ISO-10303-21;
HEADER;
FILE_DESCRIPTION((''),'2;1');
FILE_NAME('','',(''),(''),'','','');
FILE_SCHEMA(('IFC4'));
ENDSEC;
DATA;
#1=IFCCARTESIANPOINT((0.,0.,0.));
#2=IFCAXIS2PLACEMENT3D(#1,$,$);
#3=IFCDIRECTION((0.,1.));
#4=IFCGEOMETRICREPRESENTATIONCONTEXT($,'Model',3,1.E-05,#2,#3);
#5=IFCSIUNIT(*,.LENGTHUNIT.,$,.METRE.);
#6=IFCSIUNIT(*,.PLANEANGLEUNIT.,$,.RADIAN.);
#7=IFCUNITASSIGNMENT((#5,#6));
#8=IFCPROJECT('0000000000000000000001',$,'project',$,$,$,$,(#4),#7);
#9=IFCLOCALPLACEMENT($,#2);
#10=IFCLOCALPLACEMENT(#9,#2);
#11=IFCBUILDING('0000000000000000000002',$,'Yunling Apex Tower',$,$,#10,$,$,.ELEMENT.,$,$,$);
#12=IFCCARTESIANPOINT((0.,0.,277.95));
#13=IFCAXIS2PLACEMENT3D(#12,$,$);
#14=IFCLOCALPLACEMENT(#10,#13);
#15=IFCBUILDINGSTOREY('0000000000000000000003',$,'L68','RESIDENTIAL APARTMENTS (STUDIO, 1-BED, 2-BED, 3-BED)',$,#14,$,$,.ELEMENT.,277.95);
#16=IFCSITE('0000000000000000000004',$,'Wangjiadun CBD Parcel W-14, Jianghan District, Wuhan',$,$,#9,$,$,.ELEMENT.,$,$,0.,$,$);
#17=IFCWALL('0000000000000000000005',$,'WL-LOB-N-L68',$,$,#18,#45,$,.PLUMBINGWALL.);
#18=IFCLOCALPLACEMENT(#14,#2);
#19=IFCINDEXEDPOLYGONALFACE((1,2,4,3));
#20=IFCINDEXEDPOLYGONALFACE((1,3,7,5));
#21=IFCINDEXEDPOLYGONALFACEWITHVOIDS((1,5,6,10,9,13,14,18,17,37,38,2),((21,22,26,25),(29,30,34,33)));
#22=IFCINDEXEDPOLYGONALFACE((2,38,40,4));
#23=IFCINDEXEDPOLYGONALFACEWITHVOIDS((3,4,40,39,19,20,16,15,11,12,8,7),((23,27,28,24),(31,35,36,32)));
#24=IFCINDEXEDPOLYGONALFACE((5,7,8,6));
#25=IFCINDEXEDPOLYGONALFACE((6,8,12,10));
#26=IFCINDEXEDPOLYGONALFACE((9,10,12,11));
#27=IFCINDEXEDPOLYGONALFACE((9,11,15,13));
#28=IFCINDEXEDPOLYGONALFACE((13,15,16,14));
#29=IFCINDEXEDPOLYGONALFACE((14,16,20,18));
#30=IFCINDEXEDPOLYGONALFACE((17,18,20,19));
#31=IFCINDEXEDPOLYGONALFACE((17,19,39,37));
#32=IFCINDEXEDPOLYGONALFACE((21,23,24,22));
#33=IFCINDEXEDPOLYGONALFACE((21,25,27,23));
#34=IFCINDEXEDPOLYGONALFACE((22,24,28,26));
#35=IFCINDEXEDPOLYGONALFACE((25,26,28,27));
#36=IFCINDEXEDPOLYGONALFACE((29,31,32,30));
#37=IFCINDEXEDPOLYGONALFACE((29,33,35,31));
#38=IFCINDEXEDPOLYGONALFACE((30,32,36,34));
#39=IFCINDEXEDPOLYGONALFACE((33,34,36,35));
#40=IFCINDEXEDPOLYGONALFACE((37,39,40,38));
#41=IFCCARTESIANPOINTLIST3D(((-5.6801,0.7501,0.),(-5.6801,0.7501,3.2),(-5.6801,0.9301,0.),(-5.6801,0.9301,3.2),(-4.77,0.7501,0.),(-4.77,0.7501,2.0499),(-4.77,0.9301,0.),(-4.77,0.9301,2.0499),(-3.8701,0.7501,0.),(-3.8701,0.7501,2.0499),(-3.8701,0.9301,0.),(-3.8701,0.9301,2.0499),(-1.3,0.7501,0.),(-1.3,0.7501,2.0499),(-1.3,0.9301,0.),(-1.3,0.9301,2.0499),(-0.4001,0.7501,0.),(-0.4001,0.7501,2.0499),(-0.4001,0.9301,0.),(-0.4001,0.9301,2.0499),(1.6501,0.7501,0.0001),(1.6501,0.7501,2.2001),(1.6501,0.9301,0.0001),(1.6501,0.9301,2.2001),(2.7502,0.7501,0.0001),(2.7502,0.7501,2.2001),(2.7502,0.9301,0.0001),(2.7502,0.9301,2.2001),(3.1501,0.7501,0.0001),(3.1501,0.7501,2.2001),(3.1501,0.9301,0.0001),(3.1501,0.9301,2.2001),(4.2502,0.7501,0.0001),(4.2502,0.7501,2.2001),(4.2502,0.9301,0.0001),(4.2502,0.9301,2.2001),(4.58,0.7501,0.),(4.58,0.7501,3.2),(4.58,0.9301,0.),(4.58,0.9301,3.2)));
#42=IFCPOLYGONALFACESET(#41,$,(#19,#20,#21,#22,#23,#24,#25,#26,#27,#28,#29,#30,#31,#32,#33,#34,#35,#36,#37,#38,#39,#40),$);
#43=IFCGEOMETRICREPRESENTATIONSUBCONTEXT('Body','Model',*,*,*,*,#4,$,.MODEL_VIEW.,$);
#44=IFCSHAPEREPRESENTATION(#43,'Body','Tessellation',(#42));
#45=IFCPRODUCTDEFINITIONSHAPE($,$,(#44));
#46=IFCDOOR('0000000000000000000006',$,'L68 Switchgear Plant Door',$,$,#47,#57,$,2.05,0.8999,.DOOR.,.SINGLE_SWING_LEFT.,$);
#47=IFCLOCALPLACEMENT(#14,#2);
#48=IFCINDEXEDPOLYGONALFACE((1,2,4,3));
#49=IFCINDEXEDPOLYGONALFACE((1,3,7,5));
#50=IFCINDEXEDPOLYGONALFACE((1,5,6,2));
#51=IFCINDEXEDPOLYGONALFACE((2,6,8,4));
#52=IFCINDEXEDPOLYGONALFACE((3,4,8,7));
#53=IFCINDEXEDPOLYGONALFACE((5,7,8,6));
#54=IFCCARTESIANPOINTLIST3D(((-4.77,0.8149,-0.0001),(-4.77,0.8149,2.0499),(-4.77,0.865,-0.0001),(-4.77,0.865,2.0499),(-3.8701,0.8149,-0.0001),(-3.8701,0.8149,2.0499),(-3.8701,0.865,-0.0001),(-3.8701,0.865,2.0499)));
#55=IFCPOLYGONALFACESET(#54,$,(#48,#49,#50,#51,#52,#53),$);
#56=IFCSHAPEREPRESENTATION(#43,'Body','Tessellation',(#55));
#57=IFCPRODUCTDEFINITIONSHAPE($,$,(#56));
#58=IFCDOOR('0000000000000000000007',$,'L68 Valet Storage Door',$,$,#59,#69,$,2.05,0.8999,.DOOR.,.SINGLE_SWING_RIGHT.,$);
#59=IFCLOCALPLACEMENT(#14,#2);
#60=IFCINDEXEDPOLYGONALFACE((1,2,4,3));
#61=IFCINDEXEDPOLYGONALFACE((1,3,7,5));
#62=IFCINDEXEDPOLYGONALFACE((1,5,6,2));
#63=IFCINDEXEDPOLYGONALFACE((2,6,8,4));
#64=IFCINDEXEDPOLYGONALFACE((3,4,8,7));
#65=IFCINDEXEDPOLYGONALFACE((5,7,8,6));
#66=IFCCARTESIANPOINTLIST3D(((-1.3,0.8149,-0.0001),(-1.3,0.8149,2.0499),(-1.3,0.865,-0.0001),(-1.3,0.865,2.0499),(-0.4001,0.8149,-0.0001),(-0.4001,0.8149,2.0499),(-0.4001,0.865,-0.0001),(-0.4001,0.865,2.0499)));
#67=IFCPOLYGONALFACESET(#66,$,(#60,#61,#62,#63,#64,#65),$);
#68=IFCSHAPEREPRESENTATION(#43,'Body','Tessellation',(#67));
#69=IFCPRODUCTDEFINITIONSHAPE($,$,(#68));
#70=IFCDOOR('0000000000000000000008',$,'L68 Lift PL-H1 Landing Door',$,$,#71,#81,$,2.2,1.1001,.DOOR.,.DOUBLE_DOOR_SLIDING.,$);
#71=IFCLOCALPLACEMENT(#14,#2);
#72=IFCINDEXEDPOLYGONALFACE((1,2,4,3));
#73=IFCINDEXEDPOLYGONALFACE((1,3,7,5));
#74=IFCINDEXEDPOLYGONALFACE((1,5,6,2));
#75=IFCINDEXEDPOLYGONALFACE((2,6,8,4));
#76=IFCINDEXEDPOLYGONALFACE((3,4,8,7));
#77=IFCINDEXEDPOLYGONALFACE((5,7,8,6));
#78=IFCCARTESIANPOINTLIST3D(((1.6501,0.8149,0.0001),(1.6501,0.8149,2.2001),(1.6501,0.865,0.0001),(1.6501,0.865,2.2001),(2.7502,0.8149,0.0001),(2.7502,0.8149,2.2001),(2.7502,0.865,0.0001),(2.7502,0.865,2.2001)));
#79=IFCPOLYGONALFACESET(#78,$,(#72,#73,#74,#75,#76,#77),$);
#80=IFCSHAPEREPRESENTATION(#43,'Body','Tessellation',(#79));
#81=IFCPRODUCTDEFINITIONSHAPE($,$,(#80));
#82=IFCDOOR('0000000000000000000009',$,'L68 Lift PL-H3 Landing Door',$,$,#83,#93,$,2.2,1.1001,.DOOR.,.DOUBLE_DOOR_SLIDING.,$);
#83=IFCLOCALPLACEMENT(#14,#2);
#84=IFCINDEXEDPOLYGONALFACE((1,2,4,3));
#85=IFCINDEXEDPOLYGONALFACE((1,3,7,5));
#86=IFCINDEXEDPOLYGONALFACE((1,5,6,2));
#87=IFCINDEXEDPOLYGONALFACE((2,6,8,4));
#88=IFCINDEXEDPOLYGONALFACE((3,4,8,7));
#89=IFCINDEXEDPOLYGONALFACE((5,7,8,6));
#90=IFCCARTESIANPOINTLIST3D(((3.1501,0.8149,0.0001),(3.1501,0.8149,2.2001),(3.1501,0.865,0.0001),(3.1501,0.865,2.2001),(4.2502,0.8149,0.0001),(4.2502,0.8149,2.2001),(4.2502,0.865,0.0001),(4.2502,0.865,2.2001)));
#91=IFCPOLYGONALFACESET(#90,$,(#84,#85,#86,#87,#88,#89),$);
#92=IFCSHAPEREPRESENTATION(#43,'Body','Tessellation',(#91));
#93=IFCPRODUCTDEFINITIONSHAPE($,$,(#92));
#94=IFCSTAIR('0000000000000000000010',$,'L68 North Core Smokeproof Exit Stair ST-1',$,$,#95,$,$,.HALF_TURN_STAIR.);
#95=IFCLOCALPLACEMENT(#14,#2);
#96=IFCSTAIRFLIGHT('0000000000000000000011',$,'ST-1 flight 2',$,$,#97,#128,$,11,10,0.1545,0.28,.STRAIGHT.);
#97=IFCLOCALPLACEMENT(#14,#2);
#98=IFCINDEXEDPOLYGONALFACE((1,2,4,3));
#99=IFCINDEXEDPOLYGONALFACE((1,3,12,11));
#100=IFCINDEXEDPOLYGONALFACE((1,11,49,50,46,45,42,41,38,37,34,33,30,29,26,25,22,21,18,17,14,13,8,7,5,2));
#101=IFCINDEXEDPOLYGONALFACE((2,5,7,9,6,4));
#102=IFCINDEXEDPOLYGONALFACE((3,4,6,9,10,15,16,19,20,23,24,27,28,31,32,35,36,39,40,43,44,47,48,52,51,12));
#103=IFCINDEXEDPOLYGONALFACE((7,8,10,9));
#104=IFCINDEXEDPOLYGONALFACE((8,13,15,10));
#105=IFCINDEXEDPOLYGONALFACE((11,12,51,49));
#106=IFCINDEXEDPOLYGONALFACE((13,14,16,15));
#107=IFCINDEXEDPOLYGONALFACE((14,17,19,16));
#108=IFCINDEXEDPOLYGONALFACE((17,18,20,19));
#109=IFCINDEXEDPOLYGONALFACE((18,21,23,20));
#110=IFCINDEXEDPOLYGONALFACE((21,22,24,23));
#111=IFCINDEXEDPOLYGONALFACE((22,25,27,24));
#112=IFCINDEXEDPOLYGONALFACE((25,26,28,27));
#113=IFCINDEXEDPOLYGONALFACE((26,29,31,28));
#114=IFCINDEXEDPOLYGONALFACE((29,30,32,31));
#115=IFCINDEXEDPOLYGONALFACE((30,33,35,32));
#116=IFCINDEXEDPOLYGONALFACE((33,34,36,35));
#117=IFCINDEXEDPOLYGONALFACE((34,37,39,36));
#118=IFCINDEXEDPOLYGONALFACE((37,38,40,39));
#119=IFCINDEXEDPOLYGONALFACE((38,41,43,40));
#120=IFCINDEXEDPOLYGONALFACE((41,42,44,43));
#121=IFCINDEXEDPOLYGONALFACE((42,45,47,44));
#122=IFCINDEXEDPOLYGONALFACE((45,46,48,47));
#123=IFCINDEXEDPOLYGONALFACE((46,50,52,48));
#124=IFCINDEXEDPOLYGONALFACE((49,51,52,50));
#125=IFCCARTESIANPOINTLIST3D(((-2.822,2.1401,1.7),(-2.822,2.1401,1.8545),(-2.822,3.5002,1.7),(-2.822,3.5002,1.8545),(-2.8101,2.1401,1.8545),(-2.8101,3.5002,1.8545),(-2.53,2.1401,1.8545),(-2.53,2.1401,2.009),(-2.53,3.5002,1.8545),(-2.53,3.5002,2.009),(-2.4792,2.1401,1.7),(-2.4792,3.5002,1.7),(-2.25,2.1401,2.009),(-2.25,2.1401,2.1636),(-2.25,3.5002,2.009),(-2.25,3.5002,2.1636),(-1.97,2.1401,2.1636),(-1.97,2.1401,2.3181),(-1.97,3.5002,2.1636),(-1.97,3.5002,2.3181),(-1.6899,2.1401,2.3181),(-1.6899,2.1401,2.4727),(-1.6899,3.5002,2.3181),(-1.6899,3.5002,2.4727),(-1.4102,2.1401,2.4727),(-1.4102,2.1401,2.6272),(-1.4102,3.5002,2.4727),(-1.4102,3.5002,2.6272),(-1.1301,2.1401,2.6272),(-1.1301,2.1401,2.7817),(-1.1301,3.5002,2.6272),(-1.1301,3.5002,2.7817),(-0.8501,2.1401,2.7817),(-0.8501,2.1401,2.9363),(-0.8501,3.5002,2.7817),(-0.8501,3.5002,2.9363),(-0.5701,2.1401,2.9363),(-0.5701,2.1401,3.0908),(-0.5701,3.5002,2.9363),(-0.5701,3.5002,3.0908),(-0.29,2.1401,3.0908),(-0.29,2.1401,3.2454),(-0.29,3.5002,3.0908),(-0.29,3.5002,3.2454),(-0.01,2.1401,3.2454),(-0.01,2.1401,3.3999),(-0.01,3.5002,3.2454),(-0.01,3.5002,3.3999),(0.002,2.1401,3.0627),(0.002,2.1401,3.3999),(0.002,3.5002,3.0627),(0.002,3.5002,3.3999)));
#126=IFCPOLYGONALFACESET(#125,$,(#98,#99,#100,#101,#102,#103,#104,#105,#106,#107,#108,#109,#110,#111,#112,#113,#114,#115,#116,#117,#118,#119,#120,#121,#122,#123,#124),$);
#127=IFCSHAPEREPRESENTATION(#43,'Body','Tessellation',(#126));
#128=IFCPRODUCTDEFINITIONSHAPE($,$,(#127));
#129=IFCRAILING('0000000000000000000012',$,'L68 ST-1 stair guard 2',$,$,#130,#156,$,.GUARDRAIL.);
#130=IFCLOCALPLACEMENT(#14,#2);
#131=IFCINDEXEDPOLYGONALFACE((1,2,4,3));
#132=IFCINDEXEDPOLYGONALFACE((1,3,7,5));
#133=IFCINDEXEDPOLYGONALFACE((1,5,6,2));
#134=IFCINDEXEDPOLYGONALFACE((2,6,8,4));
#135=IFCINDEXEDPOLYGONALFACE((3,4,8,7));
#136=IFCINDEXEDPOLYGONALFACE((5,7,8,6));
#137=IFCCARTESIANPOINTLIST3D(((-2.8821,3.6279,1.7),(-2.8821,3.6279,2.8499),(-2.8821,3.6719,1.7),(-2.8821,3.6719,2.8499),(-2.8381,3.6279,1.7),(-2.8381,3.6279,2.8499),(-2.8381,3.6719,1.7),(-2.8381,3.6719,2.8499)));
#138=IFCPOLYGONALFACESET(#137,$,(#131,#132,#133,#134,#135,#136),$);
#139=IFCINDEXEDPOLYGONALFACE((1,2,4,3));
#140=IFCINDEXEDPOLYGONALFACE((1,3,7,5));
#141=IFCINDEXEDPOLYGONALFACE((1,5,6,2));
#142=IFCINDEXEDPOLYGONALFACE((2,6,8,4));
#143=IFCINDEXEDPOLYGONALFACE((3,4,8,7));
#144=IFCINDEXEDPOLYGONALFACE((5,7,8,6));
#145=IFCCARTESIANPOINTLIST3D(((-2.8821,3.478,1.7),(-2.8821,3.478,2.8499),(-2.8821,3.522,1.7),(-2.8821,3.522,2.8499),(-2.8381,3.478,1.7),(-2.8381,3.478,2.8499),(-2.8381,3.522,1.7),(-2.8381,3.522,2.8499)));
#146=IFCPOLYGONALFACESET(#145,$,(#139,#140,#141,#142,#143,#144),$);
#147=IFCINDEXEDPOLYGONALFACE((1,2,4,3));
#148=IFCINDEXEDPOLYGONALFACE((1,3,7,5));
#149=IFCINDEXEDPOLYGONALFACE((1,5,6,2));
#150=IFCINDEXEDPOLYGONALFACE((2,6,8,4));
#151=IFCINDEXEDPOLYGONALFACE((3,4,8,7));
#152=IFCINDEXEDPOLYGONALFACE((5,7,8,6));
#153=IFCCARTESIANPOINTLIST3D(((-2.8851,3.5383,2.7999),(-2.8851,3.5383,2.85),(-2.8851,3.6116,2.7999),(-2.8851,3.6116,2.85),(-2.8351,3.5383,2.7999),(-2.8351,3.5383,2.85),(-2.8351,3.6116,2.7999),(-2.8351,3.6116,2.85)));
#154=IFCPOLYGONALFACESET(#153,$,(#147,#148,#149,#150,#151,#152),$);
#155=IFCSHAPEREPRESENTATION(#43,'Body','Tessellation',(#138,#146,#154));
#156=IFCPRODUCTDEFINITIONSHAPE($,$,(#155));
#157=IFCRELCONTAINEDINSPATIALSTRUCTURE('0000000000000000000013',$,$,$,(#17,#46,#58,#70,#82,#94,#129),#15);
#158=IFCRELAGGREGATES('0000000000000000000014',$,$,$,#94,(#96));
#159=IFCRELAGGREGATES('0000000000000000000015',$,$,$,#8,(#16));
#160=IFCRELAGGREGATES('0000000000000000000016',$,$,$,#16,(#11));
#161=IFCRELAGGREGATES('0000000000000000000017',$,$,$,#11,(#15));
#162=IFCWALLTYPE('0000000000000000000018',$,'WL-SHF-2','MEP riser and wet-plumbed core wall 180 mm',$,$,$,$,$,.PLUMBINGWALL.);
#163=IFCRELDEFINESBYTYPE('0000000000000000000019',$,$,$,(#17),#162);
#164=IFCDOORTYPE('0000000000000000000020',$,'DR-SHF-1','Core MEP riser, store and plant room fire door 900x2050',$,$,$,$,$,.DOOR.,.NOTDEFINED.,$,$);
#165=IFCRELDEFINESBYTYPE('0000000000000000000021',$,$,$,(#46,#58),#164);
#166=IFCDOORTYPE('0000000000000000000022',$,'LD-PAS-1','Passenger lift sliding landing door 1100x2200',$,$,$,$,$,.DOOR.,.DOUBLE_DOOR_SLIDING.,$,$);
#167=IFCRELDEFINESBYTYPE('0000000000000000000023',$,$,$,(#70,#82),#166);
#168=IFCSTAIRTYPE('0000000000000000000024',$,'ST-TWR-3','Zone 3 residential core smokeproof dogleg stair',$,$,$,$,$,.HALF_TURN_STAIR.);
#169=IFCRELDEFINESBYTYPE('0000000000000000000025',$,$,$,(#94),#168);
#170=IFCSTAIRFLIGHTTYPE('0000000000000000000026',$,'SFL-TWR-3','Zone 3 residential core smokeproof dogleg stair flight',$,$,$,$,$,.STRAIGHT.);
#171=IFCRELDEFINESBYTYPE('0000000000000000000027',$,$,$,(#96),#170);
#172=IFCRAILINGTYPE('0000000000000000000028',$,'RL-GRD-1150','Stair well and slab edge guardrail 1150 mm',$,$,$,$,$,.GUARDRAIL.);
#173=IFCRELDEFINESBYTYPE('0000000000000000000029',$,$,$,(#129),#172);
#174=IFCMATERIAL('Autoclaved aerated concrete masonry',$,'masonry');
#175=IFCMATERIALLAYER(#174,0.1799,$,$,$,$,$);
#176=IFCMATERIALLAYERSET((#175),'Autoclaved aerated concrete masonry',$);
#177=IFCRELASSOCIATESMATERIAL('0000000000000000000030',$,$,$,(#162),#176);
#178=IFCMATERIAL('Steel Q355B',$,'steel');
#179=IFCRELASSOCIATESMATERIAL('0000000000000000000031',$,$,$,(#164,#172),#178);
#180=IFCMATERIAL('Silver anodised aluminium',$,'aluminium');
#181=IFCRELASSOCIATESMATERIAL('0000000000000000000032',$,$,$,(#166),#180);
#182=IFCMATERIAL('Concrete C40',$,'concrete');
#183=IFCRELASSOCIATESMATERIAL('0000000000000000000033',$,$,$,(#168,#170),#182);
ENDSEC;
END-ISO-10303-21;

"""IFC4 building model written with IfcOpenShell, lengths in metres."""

from ifc_helpers import new_model, si_unit, direction, frame, frame_2d, origin, origin_2d, place, context, subcontext, project, spatial, polyline, rectangle, outline, extrude, material, layer, layer_set, type_object, element, fill, aggregate, save


model = new_model("IFC4")

# Units and contexts
model_context = context("Model", 3, precision=1e-05, world=origin(), true_north=direction((0.0, 1.0)))
body_context = subcontext(model_context, "Body", "Model", "MODEL_VIEW")
ifc_project = project(units=[si_unit("LENGTHUNIT", "METRE"), si_unit("PLANEANGLEUNIT", "RADIAN")], contexts=[model_context])

# Site, building, storey
site_placement = place(None, origin())
site = spatial("IfcSite", under=ifc_project, at=site_placement, Name="Wangjiadun CBD Parcel W-14, Jianghan District, Wuhan", CompositionType="ELEMENT", RefElevation=0.0)
building_placement = place(site_placement, origin())
building = spatial("IfcBuilding", under=site, at=building_placement, Name="Yunling Apex Tower", CompositionType="ELEMENT")
storey_placement = place(building_placement, frame((0.0, 0.0, 277.95)))
storey = spatial("IfcBuildingStorey", under=building, at=storey_placement, Name="L68", Description="RESIDENTIAL APARTMENTS (STUDIO, 1-BED, 2-BED, 3-BED)", CompositionType="ELEMENT", Elevation=277.95)

# Shared definitions
ifc_material_1 = material(Name="Steel Q355B", Category="steel")

# Shared definitions
ifc_material_2 = material(Name="Concrete C40", Category="concrete")

# Wall, openings, doors
ifc_material_3 = material(Name="Autoclaved aerated concrete masonry", Category="masonry")
ifc_layer_1 = layer(ifc_material_3, 0.1799)
ifc_layer_set_1 = layer_set([ifc_layer_1], Name="Autoclaved aerated concrete masonry")
wall_type_1 = type_object("IfcWallType", Name="WL-SHF-2", Description="MEP riser and wet-plumbed core wall 180 mm", PredefinedType="PLUMBINGWALL", material=ifc_layer_set_1)
wall_1_placement = place(storey_placement, frame((-5.6799, 0.8401, 0.0), z_axis=(0.0, 0.0, 1.0), x_axis=(1.0, 0.0, 0.0)))
wall_1 = element("IfcWall", 1, at=wall_1_placement, inside=storey, type_object=wall_type_1, Name="WL-LOB-N-L68", PredefinedType="PLUMBINGWALL", context=body_context, shape_type="SweptSolid", body=[
    extrude(rectangle(XDim=10.26, YDim=0.1799, at=frame_2d((5.1299, 0.0))), origin(), (0.0, 0.0, 1.0), 3.2),
])
opening_1_placement = place(wall_1_placement, frame((0.9099, 0.0, 0.0)))
opening_1 = element("IfcOpeningElement", 2, at=opening_1_placement, cuts=wall_1, PredefinedType="OPENING", context=body_context, shape_type="SweptSolid", body=[
    extrude(rectangle(XDim=0.8999, YDim=2.05, at=frame_2d((0.45, 1.0249))), frame((0.0, 0.1001, 0.0), z_axis=(0.0, -1.0, 0.0), x_axis=(1.0, 0.0, 0.0)), (0.0, 0.0, 1.0), 0.2),
])
opening_2_placement = place(wall_1_placement, frame((4.3799, 0.0, 0.0)))
opening_2 = element("IfcOpeningElement", 3, at=opening_2_placement, cuts=wall_1, PredefinedType="OPENING", context=body_context, shape_type="SweptSolid", body=[
    extrude(rectangle(XDim=0.8999, YDim=2.05, at=frame_2d((0.45, 1.0249))), frame((0.0, 0.1001, 0.0), z_axis=(0.0, -1.0, 0.0), x_axis=(1.0, 0.0, 0.0)), (0.0, 0.0, 1.0), 0.2),
])
opening_3_placement = place(wall_1_placement, frame((7.3301, 0.0, 0.0)))
opening_3 = element("IfcOpeningElement", 4, at=opening_3_placement, cuts=wall_1, PredefinedType="OPENING", context=body_context, shape_type="SweptSolid", body=[
    extrude(rectangle(XDim=1.1001, YDim=2.2, at=frame_2d((0.55, 1.1001))), frame((0.0, 0.1001, 0.0), z_axis=(0.0, -1.0, 0.0), x_axis=(1.0, 0.0, 0.0)), (0.0, 0.0, 1.0), 0.2),
])
opening_4_placement = place(wall_1_placement, frame((8.8301, 0.0, 0.0)))
opening_4 = element("IfcOpeningElement", 5, at=opening_4_placement, cuts=wall_1, PredefinedType="OPENING", context=body_context, shape_type="SweptSolid", body=[
    extrude(rectangle(XDim=1.1001, YDim=2.2, at=frame_2d((0.55, 1.1001))), frame((0.0, 0.1001, 0.0), z_axis=(0.0, -1.0, 0.0), x_axis=(1.0, 0.0, 0.0)), (0.0, 0.0, 1.0), 0.2),
])
door_type_1 = type_object("IfcDoorType", Name="DR-SHF-1", Description="Core MEP riser, store and plant room fire door 900x2050", OperationType="NOTDEFINED", PredefinedType="DOOR", material=ifc_material_1)
door_1_placement = place(opening_1_placement, origin())
door_1 = element("IfcDoor", 6, at=door_1_placement, inside=storey, type_object=door_type_1, Name="L68 Switchgear Plant Door", OperationType="SINGLE_SWING_LEFT", OverallHeight=2.05, OverallWidth=0.8999, PredefinedType="DOOR", context=body_context, shape_type="SweptSolid", body=[
    extrude(rectangle(XDim=0.8999, YDim=2.05, at=frame_2d((0.45, 1.0249))), frame((0.0, 0.0249, 0.0), z_axis=(0.0, -1.0, 0.0), x_axis=(1.0, 0.0, 0.0)), (0.0, 0.0, 1.0), 0.05),
])
fill(opening_1, door_1)
door_2_placement = place(opening_2_placement, origin())
door_2 = element("IfcDoor", 7, at=door_2_placement, inside=storey, type_object=door_type_1, Name="L68 Valet Storage Door", OperationType="SINGLE_SWING_RIGHT", OverallHeight=2.05, OverallWidth=0.8999, PredefinedType="DOOR", context=body_context, shape_type="SweptSolid", body=[
    extrude(rectangle(XDim=0.8999, YDim=2.05, at=frame_2d((0.45, 1.0249))), frame((0.0, 0.0249, 0.0), z_axis=(0.0, -1.0, 0.0), x_axis=(1.0, 0.0, 0.0)), (0.0, 0.0, 1.0), 0.05),
])
fill(opening_2, door_2)
ifc_material_4 = material(Name="Silver anodised aluminium", Category="aluminium")
door_type_2 = type_object("IfcDoorType", Name="LD-PAS-1", Description="Passenger lift sliding landing door 1100x2200", OperationType="DOUBLE_DOOR_SLIDING", PredefinedType="DOOR", material=ifc_material_4)
door_3_placement = place(opening_3_placement, origin())
door_3 = element("IfcDoor", 8, at=door_3_placement, inside=storey, type_object=door_type_2, Name="L68 Lift PL-H1 Landing Door", OperationType="DOUBLE_DOOR_SLIDING", OverallHeight=2.2, OverallWidth=1.1001, PredefinedType="DOOR", context=body_context, shape_type="SweptSolid", body=[
    extrude(rectangle(XDim=1.1001, YDim=2.2, at=frame_2d((0.55, 1.1001))), frame((0.0, 0.0249, 0.0), z_axis=(0.0, -1.0, 0.0), x_axis=(1.0, 0.0, 0.0)), (0.0, 0.0, 1.0), 0.05),
])
fill(opening_3, door_3)
door_4_placement = place(opening_4_placement, origin())
door_4 = element("IfcDoor", 9, at=door_4_placement, inside=storey, type_object=door_type_2, Name="L68 Lift PL-H3 Landing Door", OperationType="DOUBLE_DOOR_SLIDING", OverallHeight=2.2, OverallWidth=1.1001, PredefinedType="DOOR", context=body_context, shape_type="SweptSolid", body=[
    extrude(rectangle(XDim=1.1001, YDim=2.2, at=frame_2d((0.55, 1.1001))), frame((0.0, 0.0249, 0.0), z_axis=(0.0, -1.0, 0.0), x_axis=(1.0, 0.0, 0.0)), (0.0, 0.0, 1.0), 0.05),
])
fill(opening_4, door_4)

# Stair, stair flight
stair_type = type_object("IfcStairType", Name="ST-TWR-3", Description="Zone 3 residential core smokeproof dogleg stair", PredefinedType="HALF_TURN_STAIR", material=ifc_material_2)
stair_placement = place(storey_placement, origin())
stair = element("IfcStair", 10, at=stair_placement, inside=storey, type_object=stair_type, Name="L68 North Core Smokeproof Exit Stair ST-1", PredefinedType="HALF_TURN_STAIR")
stair_flight_type = type_object("IfcStairFlightType", Name="SFL-TWR-3", Description="Zone 3 residential core smokeproof dogleg stair flight", PredefinedType="STRAIGHT", material=ifc_material_2)
stair_flight_placement = place(storey_placement, frame((-2.8101, 2.8201, 1.7), z_axis=(0.0, 0.0, 1.0), x_axis=(1.0, 0.0, 0.0)))
stair_flight = element("IfcStairFlight", 11, at=stair_flight_placement, type_object=stair_flight_type, Name="ST-1 flight 2", NumberOfRisers=11, NumberOfTreads=10, PredefinedType="STRAIGHT", RiserHeight=0.1545, TreadLength=0.28, context=body_context, shape_type="SweptSolid", body=[
    extrude(outline(polyline([(-0.012, 0.0), (-0.012, 0.1545), (0.0, 0.1545), (0.28, 0.1545), (0.28, 0.3091), (0.5601, 0.3091), (0.5601, 0.4636), (0.8401, 0.4636), (0.8401, 0.6182), (1.1201, 0.6182), (1.1201, 0.7727), (1.3999, 0.7727), (1.3999, 0.9272), (1.6799, 0.9272), (1.6799, 1.0818), (1.96, 1.0818), (1.96, 1.2363), (2.24, 1.2363), (2.24, 1.3909), (2.52, 1.3909), (2.52, 1.5454), (2.8, 1.5454), (2.8, 1.7), (2.812, 1.7), (2.812, 1.3628), (0.3308, 0.0), (-0.012, 0.0)])), frame((0.0, 0.6802, 0.0), z_axis=(0.0, -1.0, 0.0), x_axis=(1.0, 0.0, 0.0)), (0.0, 0.0, 1.0), 1.3601),
])
aggregate(stair, [stair_flight])

# Railing
railing_type = type_object("IfcRailingType", Name="RL-GRD-1150", Description="Stair well and slab edge guardrail 1150 mm", PredefinedType="GUARDRAIL", material=ifc_material_1)
railing_1_placement = place(storey_placement, frame((-2.8601, 3.6499, 1.7)))
element("IfcRailing", 12, at=railing_1_placement, inside=storey, type_object=railing_type, Name="L68 ST-1 stair guard 2", PredefinedType="GUARDRAIL", context=body_context, shape_type="SweptSolid", body=[
    extrude(rectangle(XDim=0.0439, YDim=0.0439, at=origin_2d()), origin(), (0.0, 0.0, 1.0), 1.1499),
    extrude(rectangle(XDim=0.0439, YDim=0.0439, at=origin_2d()), frame((0.0, -0.1499, 0.0)), (0.0, 0.0, 1.0), 1.1499),
    extrude(rectangle(XDim=0.05, YDim=0.05, at=origin_2d()), frame((0.0, -0.0383, 1.125), z_axis=(0.0, -1.0, 0.0), x_axis=(1.0, 0.0, 0.0)), (0.0, 0.0, 1.0), 0.0732),
])

save(model, "model.ifc")
